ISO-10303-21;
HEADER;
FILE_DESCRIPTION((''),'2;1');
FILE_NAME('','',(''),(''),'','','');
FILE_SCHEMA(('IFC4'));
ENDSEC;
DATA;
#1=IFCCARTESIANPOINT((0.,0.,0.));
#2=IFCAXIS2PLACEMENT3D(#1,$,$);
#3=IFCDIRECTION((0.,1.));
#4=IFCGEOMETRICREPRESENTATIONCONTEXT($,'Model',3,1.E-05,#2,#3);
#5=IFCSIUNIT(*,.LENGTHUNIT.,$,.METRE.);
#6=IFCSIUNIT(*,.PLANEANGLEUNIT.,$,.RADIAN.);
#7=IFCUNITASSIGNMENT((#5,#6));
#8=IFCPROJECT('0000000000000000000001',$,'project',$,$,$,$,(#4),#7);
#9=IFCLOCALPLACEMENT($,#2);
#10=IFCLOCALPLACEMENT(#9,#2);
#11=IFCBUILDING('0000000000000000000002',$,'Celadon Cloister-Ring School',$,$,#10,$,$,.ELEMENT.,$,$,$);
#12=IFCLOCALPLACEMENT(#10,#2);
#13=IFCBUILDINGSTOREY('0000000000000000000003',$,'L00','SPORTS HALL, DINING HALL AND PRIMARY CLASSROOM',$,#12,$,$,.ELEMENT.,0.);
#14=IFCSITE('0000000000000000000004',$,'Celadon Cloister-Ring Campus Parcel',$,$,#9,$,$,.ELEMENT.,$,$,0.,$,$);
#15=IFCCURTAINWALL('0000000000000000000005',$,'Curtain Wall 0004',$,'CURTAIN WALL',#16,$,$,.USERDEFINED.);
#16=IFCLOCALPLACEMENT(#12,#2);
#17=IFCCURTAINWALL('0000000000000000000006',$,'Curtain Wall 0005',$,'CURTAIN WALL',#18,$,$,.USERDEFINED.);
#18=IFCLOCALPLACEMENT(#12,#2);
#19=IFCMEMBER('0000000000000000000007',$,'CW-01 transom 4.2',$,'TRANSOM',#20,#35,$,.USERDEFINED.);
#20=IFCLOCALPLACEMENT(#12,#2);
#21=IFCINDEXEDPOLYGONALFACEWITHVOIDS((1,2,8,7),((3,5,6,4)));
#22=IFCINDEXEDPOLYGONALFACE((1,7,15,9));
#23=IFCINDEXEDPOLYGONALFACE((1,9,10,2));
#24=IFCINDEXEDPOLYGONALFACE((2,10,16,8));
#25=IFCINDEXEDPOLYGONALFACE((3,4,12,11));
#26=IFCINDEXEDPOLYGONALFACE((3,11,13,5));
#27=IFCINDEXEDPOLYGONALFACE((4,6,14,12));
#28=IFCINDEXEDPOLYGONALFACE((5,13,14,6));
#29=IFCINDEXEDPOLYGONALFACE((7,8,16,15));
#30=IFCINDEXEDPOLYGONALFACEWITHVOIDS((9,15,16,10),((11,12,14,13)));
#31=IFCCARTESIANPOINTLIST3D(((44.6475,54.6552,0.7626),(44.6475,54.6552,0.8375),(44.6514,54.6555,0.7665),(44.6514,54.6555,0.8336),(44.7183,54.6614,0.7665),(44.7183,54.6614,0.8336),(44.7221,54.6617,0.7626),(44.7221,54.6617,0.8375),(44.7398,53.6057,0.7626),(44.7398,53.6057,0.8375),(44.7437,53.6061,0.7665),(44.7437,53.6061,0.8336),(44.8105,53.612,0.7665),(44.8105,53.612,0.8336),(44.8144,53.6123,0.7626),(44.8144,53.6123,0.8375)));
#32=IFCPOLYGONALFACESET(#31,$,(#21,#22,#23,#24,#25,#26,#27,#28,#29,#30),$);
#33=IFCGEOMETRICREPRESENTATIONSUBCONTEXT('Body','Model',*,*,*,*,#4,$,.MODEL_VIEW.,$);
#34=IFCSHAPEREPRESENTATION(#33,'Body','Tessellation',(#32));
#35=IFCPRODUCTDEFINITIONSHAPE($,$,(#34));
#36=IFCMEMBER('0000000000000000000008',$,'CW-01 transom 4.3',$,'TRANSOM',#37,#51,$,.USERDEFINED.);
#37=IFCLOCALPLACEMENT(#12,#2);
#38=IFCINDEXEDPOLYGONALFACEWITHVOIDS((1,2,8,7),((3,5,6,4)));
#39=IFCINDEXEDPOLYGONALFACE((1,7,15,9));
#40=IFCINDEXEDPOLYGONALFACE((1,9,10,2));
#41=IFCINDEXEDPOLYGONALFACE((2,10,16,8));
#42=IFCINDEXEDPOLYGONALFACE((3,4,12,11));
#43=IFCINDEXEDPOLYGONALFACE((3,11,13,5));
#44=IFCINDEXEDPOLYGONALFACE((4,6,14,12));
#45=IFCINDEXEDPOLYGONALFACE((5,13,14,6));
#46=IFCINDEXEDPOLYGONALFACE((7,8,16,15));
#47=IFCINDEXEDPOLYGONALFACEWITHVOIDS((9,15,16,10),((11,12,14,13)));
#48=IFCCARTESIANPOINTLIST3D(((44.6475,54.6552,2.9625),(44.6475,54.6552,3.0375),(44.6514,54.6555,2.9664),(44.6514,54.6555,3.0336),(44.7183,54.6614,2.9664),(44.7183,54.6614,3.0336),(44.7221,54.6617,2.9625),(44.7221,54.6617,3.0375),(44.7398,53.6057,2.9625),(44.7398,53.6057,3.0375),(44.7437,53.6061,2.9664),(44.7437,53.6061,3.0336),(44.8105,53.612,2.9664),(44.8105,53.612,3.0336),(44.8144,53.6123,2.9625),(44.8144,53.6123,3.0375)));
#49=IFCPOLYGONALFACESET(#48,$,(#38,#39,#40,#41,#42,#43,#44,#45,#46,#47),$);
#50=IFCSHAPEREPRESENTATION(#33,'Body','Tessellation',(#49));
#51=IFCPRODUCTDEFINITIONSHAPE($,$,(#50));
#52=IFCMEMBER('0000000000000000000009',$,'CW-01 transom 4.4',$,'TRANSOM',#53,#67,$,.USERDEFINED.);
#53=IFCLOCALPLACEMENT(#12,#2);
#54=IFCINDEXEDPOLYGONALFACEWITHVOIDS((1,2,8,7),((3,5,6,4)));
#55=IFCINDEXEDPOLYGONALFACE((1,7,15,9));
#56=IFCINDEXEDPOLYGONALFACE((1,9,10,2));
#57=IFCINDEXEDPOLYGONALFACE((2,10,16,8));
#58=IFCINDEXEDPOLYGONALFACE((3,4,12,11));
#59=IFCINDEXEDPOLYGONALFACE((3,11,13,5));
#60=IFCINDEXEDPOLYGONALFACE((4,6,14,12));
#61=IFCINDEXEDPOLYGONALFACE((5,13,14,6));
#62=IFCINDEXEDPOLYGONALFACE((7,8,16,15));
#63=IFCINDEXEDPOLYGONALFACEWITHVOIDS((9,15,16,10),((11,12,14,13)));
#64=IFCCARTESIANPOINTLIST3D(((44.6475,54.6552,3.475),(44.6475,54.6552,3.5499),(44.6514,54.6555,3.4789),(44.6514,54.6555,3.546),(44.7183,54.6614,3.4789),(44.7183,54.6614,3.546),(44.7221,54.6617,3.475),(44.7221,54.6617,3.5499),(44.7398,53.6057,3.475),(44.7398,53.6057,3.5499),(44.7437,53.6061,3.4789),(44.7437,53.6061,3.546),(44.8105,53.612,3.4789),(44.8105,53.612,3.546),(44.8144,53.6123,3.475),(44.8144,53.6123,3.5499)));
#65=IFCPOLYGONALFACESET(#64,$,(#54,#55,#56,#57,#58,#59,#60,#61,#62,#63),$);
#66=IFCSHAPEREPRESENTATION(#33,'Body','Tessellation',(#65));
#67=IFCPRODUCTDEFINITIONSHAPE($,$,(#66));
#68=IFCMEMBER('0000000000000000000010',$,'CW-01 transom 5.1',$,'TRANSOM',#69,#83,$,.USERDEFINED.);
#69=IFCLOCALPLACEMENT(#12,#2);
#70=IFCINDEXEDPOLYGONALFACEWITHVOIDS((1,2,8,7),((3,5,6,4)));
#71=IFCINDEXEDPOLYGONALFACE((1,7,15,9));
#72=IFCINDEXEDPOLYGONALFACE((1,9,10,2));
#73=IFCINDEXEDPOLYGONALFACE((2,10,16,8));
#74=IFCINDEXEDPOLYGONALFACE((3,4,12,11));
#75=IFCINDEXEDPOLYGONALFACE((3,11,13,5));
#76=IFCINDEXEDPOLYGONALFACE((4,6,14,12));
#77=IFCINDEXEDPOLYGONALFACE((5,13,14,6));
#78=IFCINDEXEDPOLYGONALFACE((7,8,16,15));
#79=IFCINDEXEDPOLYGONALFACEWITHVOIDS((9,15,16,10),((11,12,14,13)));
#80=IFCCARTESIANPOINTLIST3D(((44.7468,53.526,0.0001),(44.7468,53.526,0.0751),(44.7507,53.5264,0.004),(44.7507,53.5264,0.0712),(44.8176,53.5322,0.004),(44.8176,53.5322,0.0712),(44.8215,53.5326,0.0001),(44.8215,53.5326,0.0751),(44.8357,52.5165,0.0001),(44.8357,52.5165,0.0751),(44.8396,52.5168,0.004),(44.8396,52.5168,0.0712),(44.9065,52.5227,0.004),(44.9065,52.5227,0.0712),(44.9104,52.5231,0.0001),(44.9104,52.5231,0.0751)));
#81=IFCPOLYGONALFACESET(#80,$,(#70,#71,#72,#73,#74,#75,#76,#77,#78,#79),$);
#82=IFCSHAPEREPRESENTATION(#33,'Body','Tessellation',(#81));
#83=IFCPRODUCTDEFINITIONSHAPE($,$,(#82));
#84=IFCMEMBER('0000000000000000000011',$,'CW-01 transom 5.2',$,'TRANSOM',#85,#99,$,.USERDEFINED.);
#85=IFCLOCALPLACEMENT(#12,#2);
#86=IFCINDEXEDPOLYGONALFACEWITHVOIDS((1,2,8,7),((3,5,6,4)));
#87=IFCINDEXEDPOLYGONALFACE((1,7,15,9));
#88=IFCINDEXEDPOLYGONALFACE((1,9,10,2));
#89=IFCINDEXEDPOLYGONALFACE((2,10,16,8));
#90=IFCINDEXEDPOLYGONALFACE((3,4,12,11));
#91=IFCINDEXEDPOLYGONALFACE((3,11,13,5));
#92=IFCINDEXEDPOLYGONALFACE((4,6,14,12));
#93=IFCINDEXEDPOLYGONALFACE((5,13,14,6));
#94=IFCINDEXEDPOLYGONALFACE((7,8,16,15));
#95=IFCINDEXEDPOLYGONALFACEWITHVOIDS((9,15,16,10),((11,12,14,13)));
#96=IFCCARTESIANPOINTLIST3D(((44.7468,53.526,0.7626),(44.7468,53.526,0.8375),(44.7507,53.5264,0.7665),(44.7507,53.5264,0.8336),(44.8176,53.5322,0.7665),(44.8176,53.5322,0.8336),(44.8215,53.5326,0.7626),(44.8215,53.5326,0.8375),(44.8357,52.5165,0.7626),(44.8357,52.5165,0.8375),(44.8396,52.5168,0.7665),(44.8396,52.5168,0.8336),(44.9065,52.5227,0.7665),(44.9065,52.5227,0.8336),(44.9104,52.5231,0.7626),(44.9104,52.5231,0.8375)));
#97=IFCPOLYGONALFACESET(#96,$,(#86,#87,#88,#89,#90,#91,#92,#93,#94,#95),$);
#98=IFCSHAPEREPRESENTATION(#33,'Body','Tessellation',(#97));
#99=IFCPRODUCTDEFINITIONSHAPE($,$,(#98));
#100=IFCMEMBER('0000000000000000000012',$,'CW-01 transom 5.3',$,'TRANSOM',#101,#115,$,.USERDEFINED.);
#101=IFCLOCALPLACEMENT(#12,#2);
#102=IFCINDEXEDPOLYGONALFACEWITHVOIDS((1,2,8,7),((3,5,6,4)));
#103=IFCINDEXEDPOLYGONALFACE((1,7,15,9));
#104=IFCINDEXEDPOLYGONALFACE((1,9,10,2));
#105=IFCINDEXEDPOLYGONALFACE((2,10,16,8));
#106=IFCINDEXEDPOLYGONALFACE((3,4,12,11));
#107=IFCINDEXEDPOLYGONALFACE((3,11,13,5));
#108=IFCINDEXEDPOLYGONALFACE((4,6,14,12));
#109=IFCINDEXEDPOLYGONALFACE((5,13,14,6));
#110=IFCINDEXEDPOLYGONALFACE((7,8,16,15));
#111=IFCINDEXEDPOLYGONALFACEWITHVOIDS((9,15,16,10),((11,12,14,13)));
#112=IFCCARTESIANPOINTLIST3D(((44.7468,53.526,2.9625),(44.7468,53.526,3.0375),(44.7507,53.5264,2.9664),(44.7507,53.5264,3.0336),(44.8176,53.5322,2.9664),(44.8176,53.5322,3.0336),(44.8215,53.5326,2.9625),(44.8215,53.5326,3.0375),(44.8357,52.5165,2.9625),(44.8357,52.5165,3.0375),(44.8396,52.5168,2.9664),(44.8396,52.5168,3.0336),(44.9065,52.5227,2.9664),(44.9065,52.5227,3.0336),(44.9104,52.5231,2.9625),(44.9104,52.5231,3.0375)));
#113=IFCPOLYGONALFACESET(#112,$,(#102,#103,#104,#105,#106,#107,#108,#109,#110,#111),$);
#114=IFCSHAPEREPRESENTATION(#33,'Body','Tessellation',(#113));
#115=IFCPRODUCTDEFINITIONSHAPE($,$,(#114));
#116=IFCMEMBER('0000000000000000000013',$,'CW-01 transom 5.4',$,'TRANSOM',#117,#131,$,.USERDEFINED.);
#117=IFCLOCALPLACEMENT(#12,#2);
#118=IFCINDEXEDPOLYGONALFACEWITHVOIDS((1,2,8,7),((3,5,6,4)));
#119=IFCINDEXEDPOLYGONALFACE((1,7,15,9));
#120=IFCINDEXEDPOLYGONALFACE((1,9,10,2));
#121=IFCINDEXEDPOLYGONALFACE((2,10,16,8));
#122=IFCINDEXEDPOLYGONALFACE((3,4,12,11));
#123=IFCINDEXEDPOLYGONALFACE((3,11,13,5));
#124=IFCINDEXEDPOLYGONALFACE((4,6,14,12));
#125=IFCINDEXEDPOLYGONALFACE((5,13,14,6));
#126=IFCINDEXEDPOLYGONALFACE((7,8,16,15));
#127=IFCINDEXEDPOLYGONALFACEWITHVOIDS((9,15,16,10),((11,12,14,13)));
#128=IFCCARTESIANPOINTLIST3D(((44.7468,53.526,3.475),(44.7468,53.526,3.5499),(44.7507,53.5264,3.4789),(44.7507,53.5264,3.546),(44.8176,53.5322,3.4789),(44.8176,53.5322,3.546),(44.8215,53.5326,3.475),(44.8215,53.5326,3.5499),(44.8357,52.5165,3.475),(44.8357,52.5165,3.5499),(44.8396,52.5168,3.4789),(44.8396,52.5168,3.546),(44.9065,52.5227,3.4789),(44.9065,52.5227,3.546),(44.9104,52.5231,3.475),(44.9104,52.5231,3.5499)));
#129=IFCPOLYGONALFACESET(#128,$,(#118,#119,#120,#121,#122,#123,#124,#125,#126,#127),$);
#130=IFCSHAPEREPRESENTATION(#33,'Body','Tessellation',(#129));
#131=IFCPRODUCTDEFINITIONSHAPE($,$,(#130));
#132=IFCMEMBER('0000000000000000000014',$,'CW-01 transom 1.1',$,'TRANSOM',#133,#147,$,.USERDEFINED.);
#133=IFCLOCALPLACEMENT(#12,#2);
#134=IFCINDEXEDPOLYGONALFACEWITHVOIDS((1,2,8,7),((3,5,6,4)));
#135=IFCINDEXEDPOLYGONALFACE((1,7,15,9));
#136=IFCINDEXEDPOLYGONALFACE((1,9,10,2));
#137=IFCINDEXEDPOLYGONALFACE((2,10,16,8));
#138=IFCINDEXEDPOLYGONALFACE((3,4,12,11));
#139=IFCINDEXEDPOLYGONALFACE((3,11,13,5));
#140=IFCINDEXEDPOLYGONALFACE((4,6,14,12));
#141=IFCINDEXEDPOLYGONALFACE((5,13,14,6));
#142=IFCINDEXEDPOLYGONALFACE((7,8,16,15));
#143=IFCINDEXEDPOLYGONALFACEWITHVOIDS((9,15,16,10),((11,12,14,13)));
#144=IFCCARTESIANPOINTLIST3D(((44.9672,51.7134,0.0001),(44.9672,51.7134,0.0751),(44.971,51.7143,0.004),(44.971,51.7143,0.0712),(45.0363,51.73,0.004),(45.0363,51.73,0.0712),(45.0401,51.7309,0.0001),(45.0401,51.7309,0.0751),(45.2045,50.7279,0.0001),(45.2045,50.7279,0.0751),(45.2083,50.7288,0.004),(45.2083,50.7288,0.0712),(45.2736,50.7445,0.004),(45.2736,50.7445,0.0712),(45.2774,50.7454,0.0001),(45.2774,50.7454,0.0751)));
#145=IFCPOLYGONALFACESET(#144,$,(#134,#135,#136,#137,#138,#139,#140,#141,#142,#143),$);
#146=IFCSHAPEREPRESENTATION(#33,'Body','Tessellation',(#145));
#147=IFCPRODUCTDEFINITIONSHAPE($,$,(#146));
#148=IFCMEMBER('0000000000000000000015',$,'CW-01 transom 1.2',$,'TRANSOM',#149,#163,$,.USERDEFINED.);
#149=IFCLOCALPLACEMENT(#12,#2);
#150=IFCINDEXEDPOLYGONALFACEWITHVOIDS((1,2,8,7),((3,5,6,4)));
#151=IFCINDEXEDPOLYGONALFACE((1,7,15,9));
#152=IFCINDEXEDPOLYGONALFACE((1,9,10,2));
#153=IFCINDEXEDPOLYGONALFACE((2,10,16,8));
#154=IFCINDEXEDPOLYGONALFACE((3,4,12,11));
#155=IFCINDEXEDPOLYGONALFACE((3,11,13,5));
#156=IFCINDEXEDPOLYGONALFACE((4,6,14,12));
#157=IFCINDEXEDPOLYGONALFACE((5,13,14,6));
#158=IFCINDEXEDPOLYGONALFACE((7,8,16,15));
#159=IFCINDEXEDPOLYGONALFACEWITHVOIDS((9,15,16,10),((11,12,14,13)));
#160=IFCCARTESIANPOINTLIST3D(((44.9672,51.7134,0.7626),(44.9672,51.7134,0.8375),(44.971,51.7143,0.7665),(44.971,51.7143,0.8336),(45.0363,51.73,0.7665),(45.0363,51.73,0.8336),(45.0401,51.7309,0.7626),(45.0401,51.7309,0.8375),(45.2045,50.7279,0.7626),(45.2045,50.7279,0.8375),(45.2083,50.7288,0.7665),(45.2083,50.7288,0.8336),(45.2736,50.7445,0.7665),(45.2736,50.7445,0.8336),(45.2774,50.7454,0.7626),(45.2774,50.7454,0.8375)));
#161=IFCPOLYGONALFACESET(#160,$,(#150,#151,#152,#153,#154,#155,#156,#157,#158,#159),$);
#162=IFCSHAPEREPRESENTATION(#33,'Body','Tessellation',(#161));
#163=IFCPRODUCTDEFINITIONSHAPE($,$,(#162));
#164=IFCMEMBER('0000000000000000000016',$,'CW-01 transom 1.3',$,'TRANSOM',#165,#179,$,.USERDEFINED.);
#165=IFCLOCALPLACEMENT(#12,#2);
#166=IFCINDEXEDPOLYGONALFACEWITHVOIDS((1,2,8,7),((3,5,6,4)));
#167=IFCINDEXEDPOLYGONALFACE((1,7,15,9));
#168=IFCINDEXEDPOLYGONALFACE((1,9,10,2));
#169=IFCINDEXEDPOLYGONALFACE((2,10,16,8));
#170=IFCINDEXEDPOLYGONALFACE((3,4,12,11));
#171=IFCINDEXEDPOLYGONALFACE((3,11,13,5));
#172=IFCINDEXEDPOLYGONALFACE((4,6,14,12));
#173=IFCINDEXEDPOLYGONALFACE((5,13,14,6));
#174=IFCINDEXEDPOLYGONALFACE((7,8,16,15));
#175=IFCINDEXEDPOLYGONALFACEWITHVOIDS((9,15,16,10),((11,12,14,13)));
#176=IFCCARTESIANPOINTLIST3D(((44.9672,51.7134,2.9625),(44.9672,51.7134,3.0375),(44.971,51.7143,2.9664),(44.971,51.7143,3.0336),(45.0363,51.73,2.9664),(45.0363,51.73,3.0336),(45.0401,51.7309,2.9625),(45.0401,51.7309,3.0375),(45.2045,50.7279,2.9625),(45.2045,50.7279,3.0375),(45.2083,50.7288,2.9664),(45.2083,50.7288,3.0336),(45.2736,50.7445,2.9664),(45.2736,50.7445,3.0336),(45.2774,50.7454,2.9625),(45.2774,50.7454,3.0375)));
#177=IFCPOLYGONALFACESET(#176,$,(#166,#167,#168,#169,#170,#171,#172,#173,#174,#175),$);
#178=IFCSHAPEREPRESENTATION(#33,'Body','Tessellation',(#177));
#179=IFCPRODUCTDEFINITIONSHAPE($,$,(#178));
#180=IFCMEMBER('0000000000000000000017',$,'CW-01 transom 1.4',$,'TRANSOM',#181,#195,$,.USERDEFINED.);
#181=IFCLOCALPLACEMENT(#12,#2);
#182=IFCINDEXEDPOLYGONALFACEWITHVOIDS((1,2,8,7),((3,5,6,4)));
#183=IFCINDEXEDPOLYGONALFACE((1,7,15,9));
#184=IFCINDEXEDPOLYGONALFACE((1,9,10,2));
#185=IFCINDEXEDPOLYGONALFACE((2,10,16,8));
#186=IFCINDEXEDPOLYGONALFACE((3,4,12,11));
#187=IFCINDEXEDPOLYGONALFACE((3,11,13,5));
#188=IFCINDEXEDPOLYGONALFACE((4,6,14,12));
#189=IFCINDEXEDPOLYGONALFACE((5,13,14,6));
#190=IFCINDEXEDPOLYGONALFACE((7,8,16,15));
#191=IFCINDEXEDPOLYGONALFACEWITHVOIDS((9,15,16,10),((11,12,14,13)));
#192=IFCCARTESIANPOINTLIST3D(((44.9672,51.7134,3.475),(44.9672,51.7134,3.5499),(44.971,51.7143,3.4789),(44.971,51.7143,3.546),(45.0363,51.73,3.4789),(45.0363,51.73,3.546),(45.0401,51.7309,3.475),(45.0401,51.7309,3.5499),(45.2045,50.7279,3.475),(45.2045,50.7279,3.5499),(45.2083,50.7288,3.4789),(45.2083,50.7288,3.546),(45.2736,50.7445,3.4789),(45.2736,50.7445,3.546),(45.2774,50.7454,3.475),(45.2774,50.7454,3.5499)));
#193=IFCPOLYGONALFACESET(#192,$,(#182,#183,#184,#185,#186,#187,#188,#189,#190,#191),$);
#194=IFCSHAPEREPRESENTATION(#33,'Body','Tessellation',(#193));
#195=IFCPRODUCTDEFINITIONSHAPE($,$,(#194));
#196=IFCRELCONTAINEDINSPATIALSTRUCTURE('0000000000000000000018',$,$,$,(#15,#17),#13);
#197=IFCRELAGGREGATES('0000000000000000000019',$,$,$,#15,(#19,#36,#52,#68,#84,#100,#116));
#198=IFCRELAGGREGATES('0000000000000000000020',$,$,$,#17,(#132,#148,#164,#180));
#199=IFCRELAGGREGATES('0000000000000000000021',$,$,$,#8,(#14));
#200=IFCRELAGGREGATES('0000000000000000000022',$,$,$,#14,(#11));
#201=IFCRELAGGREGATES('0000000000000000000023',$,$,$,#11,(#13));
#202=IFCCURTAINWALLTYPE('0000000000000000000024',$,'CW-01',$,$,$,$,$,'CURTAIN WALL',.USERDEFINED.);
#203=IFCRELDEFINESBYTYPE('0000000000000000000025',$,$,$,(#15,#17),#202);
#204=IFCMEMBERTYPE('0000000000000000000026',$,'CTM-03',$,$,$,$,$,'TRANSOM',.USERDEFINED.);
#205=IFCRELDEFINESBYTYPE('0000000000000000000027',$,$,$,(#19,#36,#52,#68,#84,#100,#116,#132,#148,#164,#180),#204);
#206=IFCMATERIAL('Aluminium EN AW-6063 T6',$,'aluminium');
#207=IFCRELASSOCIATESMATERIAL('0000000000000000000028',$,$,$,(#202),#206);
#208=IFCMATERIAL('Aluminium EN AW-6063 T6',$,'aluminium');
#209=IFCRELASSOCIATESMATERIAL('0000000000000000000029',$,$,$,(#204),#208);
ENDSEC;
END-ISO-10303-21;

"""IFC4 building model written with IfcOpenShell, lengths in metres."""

from ifc_helpers import new_model, si_unit, direction, frame, origin, origin_2d, place, context, subcontext, project, spatial, hollow_rectangle, extrude, material, material_profile, profile_set, type_object, element, aggregate, save


model = new_model("IFC4")

# Units and contexts
model_context = context("Model", 3, precision=1e-05, world=origin(), true_north=direction((0.0, 1.0)))
body_context = subcontext(model_context, "Body", "Model", "MODEL_VIEW")
ifc_project = project(units=[si_unit("LENGTHUNIT", "METRE"), si_unit("PLANEANGLEUNIT", "RADIAN")], contexts=[model_context])

# Site, building, storey
site_placement = place(None, origin())
site = spatial("IfcSite", under=ifc_project, at=site_placement, Name="Celadon Cloister-Ring Campus Parcel", CompositionType="ELEMENT", RefElevation=0.0)
building_placement = place(site_placement, origin())
building = spatial("IfcBuilding", under=site, at=building_placement, Name="Celadon Cloister-Ring School", CompositionType="ELEMENT")
storey_placement = place(building_placement, origin())
storey = spatial("IfcBuildingStorey", under=building, at=storey_placement, Name="L00", Description="SPORTS HALL, DINING HALL AND PRIMARY CLASSROOM", CompositionType="ELEMENT", Elevation=0.0)

# Curtain walls
ifc_material_1 = material(Name="Aluminium EN AW-6063 T6", Category="aluminium")
curtain_wall_type = type_object("IfcCurtainWallType", Name="CW-01", ElementType="CURTAIN WALL", PredefinedType="USERDEFINED", material=ifc_material_1)
curtain_wall_1_placement = place(storey_placement, origin())
curtain_wall_1 = element("IfcCurtainWall", 1, at=curtain_wall_1_placement, inside=storey, type_object=curtain_wall_type, Name="Curtain Wall 0004", ObjectType="CURTAIN WALL", PredefinedType="USERDEFINED")
curtain_wall_2_placement = place(storey_placement, origin())
curtain_wall_2 = element("IfcCurtainWall", 2, at=curtain_wall_2_placement, inside=storey, type_object=curtain_wall_type, Name="Curtain Wall 0005", ObjectType="CURTAIN WALL", PredefinedType="USERDEFINED")

# Members
ifc_material_2 = material(Name="Aluminium EN AW-6063 T6", Category="aluminium")
ifc_material_profile_1 = material_profile(ifc_material_2, hollow_rectangle(XDim=0.075, YDim=0.075, WallThickness=0.0039, at=origin_2d()), Name="RHS75X75X4")
ifc_profile_set_1 = profile_set([ifc_material_profile_1], Name="Aluminium EN AW-6063 T6")
member_type_1 = type_object("IfcMemberType", Name="CTM-03", ElementType="TRANSOM", PredefinedType="USERDEFINED", material=ifc_profile_set_1)
member_1_placement = place(storey_placement, frame((44.6848, 54.6584, 0.8), z_axis=(0.08761, -0.996155, 0.0), x_axis=(0.996155, 0.08761, 0.0)))
member_1 = element("IfcMember", 3, at=member_1_placement, type_object=member_type_1, Name="CW-01 transom 4.2", ObjectType="TRANSOM", PredefinedType="USERDEFINED", context=body_context, shape_type="SweptSolid", body=[
    extrude(hollow_rectangle(XDim=0.075, YDim=0.075, WallThickness=0.0039, at=origin_2d()), origin(), (0.0, 0.0, 1.0), 1.0535),
])
member_2_placement = place(storey_placement, frame((44.6848, 54.6584, 3.0), z_axis=(0.08761, -0.996155, 0.0), x_axis=(0.996155, 0.08761, 0.0)))
member_2 = element("IfcMember", 4, at=member_2_placement, type_object=member_type_1, Name="CW-01 transom 4.3", ObjectType="TRANSOM", PredefinedType="USERDEFINED", context=body_context, shape_type="SweptSolid", body=[
    extrude(hollow_rectangle(XDim=0.075, YDim=0.075, WallThickness=0.0039, at=origin_2d()), origin(), (0.0, 0.0, 1.0), 1.0535),
])
member_3_placement = place(storey_placement, frame((44.6848, 54.6584, 3.5125), z_axis=(0.08761, -0.996155, 0.0), x_axis=(0.996155, 0.08761, 0.0)))
member_3 = element("IfcMember", 5, at=member_3_placement, type_object=member_type_1, Name="CW-01 transom 4.4", ObjectType="TRANSOM", PredefinedType="USERDEFINED", context=body_context, shape_type="SweptSolid", body=[
    extrude(hollow_rectangle(XDim=0.075, YDim=0.075, WallThickness=0.0039, at=origin_2d()), origin(), (0.0, 0.0, 1.0), 1.0535),
])
member_4_placement = place(storey_placement, frame((44.7842, 53.5293, 0.0376), z_axis=(0.08769, -0.996148, 0.0), x_axis=(0.996148, 0.08769, 0.0)))
member_4 = element("IfcMember", 6, at=member_4_placement, type_object=member_type_1, Name="CW-01 transom 5.1", ObjectType="TRANSOM", PredefinedType="USERDEFINED", context=body_context, shape_type="SweptSolid", body=[
    extrude(hollow_rectangle(XDim=0.075, YDim=0.075, WallThickness=0.0039, at=origin_2d()), origin(), (0.0, 0.0, 1.0), 1.0134),
])
member_5_placement = place(storey_placement, frame((44.7842, 53.5293, 0.8), z_axis=(0.08769, -0.996148, 0.0), x_axis=(0.996148, 0.08769, 0.0)))
member_5 = element("IfcMember", 7, at=member_5_placement, type_object=member_type_1, Name="CW-01 transom 5.2", ObjectType="TRANSOM", PredefinedType="USERDEFINED", context=body_context, shape_type="SweptSolid", body=[
    extrude(hollow_rectangle(XDim=0.075, YDim=0.075, WallThickness=0.0039, at=origin_2d()), origin(), (0.0, 0.0, 1.0), 1.0134),
])
member_6_placement = place(storey_placement, frame((44.7842, 53.5293, 3.0), z_axis=(0.08769, -0.996148, 0.0), x_axis=(0.996148, 0.08769, 0.0)))
member_6 = element("IfcMember", 8, at=member_6_placement, type_object=member_type_1, Name="CW-01 transom 5.3", ObjectType="TRANSOM", PredefinedType="USERDEFINED", context=body_context, shape_type="SweptSolid", body=[
    extrude(hollow_rectangle(XDim=0.075, YDim=0.075, WallThickness=0.0039, at=origin_2d()), origin(), (0.0, 0.0, 1.0), 1.0134),
])
member_7_placement = place(storey_placement, frame((44.7842, 53.5293, 3.5125), z_axis=(0.08769, -0.996148, 0.0), x_axis=(0.996148, 0.08769, 0.0)))
member_7 = element("IfcMember", 9, at=member_7_placement, type_object=member_type_1, Name="CW-01 transom 5.4", ObjectType="TRANSOM", PredefinedType="USERDEFINED", context=body_context, shape_type="SweptSolid", body=[
    extrude(hollow_rectangle(XDim=0.075, YDim=0.075, WallThickness=0.0039, at=origin_2d()), origin(), (0.0, 0.0, 1.0), 1.0134),
])
member_8_placement = place(storey_placement, frame((45.0037, 51.7222, 0.0376), z_axis=(0.234083, -0.972217, 0.0), x_axis=(0.972217, 0.234083, 0.0)))
member_8 = element("IfcMember", 10, at=member_8_placement, type_object=member_type_1, Name="CW-01 transom 1.1", ObjectType="TRANSOM", PredefinedType="USERDEFINED", context=body_context, shape_type="SweptSolid", body=[
    extrude(hollow_rectangle(XDim=0.075, YDim=0.075, WallThickness=0.0039, at=origin_2d()), origin(), (0.0, 0.0, 1.0), 1.0137),
])
member_9_placement = place(storey_placement, frame((45.0037, 51.7222, 0.8), z_axis=(0.234083, -0.972217, 0.0), x_axis=(0.972217, 0.234083, 0.0)))
member_9 = element("IfcMember", 11, at=member_9_placement, type_object=member_type_1, Name="CW-01 transom 1.2", ObjectType="TRANSOM", PredefinedType="USERDEFINED", context=body_context, shape_type="SweptSolid", body=[
    extrude(hollow_rectangle(XDim=0.075, YDim=0.075, WallThickness=0.0039, at=origin_2d()), origin(), (0.0, 0.0, 1.0), 1.0137),
])
member_10_placement = place(storey_placement, frame((45.0037, 51.7222, 3.0), z_axis=(0.234083, -0.972217, 0.0), x_axis=(0.972217, 0.234083, 0.0)))
member_10 = element("IfcMember", 12, at=member_10_placement, type_object=member_type_1, Name="CW-01 transom 1.3", ObjectType="TRANSOM", PredefinedType="USERDEFINED", context=body_context, shape_type="SweptSolid", body=[
    extrude(hollow_rectangle(XDim=0.075, YDim=0.075, WallThickness=0.0039, at=origin_2d()), origin(), (0.0, 0.0, 1.0), 1.0137),
])
member_11_placement = place(storey_placement, frame((45.0037, 51.7222, 3.5125), z_axis=(0.234083, -0.972217, 0.0), x_axis=(0.972217, 0.234083, 0.0)))
member_11 = element("IfcMember", 13, at=member_11_placement, type_object=member_type_1, Name="CW-01 transom 1.4", ObjectType="TRANSOM", PredefinedType="USERDEFINED", context=body_context, shape_type="SweptSolid", body=[
    extrude(hollow_rectangle(XDim=0.075, YDim=0.075, WallThickness=0.0039, at=origin_2d()), origin(), (0.0, 0.0, 1.0), 1.0137),
])

aggregate(curtain_wall_1, [member_1, member_2, member_3, member_4, member_5, member_6, member_7])
aggregate(curtain_wall_2, [member_8, member_9, member_10, member_11])

save(model, "model.ifc")
